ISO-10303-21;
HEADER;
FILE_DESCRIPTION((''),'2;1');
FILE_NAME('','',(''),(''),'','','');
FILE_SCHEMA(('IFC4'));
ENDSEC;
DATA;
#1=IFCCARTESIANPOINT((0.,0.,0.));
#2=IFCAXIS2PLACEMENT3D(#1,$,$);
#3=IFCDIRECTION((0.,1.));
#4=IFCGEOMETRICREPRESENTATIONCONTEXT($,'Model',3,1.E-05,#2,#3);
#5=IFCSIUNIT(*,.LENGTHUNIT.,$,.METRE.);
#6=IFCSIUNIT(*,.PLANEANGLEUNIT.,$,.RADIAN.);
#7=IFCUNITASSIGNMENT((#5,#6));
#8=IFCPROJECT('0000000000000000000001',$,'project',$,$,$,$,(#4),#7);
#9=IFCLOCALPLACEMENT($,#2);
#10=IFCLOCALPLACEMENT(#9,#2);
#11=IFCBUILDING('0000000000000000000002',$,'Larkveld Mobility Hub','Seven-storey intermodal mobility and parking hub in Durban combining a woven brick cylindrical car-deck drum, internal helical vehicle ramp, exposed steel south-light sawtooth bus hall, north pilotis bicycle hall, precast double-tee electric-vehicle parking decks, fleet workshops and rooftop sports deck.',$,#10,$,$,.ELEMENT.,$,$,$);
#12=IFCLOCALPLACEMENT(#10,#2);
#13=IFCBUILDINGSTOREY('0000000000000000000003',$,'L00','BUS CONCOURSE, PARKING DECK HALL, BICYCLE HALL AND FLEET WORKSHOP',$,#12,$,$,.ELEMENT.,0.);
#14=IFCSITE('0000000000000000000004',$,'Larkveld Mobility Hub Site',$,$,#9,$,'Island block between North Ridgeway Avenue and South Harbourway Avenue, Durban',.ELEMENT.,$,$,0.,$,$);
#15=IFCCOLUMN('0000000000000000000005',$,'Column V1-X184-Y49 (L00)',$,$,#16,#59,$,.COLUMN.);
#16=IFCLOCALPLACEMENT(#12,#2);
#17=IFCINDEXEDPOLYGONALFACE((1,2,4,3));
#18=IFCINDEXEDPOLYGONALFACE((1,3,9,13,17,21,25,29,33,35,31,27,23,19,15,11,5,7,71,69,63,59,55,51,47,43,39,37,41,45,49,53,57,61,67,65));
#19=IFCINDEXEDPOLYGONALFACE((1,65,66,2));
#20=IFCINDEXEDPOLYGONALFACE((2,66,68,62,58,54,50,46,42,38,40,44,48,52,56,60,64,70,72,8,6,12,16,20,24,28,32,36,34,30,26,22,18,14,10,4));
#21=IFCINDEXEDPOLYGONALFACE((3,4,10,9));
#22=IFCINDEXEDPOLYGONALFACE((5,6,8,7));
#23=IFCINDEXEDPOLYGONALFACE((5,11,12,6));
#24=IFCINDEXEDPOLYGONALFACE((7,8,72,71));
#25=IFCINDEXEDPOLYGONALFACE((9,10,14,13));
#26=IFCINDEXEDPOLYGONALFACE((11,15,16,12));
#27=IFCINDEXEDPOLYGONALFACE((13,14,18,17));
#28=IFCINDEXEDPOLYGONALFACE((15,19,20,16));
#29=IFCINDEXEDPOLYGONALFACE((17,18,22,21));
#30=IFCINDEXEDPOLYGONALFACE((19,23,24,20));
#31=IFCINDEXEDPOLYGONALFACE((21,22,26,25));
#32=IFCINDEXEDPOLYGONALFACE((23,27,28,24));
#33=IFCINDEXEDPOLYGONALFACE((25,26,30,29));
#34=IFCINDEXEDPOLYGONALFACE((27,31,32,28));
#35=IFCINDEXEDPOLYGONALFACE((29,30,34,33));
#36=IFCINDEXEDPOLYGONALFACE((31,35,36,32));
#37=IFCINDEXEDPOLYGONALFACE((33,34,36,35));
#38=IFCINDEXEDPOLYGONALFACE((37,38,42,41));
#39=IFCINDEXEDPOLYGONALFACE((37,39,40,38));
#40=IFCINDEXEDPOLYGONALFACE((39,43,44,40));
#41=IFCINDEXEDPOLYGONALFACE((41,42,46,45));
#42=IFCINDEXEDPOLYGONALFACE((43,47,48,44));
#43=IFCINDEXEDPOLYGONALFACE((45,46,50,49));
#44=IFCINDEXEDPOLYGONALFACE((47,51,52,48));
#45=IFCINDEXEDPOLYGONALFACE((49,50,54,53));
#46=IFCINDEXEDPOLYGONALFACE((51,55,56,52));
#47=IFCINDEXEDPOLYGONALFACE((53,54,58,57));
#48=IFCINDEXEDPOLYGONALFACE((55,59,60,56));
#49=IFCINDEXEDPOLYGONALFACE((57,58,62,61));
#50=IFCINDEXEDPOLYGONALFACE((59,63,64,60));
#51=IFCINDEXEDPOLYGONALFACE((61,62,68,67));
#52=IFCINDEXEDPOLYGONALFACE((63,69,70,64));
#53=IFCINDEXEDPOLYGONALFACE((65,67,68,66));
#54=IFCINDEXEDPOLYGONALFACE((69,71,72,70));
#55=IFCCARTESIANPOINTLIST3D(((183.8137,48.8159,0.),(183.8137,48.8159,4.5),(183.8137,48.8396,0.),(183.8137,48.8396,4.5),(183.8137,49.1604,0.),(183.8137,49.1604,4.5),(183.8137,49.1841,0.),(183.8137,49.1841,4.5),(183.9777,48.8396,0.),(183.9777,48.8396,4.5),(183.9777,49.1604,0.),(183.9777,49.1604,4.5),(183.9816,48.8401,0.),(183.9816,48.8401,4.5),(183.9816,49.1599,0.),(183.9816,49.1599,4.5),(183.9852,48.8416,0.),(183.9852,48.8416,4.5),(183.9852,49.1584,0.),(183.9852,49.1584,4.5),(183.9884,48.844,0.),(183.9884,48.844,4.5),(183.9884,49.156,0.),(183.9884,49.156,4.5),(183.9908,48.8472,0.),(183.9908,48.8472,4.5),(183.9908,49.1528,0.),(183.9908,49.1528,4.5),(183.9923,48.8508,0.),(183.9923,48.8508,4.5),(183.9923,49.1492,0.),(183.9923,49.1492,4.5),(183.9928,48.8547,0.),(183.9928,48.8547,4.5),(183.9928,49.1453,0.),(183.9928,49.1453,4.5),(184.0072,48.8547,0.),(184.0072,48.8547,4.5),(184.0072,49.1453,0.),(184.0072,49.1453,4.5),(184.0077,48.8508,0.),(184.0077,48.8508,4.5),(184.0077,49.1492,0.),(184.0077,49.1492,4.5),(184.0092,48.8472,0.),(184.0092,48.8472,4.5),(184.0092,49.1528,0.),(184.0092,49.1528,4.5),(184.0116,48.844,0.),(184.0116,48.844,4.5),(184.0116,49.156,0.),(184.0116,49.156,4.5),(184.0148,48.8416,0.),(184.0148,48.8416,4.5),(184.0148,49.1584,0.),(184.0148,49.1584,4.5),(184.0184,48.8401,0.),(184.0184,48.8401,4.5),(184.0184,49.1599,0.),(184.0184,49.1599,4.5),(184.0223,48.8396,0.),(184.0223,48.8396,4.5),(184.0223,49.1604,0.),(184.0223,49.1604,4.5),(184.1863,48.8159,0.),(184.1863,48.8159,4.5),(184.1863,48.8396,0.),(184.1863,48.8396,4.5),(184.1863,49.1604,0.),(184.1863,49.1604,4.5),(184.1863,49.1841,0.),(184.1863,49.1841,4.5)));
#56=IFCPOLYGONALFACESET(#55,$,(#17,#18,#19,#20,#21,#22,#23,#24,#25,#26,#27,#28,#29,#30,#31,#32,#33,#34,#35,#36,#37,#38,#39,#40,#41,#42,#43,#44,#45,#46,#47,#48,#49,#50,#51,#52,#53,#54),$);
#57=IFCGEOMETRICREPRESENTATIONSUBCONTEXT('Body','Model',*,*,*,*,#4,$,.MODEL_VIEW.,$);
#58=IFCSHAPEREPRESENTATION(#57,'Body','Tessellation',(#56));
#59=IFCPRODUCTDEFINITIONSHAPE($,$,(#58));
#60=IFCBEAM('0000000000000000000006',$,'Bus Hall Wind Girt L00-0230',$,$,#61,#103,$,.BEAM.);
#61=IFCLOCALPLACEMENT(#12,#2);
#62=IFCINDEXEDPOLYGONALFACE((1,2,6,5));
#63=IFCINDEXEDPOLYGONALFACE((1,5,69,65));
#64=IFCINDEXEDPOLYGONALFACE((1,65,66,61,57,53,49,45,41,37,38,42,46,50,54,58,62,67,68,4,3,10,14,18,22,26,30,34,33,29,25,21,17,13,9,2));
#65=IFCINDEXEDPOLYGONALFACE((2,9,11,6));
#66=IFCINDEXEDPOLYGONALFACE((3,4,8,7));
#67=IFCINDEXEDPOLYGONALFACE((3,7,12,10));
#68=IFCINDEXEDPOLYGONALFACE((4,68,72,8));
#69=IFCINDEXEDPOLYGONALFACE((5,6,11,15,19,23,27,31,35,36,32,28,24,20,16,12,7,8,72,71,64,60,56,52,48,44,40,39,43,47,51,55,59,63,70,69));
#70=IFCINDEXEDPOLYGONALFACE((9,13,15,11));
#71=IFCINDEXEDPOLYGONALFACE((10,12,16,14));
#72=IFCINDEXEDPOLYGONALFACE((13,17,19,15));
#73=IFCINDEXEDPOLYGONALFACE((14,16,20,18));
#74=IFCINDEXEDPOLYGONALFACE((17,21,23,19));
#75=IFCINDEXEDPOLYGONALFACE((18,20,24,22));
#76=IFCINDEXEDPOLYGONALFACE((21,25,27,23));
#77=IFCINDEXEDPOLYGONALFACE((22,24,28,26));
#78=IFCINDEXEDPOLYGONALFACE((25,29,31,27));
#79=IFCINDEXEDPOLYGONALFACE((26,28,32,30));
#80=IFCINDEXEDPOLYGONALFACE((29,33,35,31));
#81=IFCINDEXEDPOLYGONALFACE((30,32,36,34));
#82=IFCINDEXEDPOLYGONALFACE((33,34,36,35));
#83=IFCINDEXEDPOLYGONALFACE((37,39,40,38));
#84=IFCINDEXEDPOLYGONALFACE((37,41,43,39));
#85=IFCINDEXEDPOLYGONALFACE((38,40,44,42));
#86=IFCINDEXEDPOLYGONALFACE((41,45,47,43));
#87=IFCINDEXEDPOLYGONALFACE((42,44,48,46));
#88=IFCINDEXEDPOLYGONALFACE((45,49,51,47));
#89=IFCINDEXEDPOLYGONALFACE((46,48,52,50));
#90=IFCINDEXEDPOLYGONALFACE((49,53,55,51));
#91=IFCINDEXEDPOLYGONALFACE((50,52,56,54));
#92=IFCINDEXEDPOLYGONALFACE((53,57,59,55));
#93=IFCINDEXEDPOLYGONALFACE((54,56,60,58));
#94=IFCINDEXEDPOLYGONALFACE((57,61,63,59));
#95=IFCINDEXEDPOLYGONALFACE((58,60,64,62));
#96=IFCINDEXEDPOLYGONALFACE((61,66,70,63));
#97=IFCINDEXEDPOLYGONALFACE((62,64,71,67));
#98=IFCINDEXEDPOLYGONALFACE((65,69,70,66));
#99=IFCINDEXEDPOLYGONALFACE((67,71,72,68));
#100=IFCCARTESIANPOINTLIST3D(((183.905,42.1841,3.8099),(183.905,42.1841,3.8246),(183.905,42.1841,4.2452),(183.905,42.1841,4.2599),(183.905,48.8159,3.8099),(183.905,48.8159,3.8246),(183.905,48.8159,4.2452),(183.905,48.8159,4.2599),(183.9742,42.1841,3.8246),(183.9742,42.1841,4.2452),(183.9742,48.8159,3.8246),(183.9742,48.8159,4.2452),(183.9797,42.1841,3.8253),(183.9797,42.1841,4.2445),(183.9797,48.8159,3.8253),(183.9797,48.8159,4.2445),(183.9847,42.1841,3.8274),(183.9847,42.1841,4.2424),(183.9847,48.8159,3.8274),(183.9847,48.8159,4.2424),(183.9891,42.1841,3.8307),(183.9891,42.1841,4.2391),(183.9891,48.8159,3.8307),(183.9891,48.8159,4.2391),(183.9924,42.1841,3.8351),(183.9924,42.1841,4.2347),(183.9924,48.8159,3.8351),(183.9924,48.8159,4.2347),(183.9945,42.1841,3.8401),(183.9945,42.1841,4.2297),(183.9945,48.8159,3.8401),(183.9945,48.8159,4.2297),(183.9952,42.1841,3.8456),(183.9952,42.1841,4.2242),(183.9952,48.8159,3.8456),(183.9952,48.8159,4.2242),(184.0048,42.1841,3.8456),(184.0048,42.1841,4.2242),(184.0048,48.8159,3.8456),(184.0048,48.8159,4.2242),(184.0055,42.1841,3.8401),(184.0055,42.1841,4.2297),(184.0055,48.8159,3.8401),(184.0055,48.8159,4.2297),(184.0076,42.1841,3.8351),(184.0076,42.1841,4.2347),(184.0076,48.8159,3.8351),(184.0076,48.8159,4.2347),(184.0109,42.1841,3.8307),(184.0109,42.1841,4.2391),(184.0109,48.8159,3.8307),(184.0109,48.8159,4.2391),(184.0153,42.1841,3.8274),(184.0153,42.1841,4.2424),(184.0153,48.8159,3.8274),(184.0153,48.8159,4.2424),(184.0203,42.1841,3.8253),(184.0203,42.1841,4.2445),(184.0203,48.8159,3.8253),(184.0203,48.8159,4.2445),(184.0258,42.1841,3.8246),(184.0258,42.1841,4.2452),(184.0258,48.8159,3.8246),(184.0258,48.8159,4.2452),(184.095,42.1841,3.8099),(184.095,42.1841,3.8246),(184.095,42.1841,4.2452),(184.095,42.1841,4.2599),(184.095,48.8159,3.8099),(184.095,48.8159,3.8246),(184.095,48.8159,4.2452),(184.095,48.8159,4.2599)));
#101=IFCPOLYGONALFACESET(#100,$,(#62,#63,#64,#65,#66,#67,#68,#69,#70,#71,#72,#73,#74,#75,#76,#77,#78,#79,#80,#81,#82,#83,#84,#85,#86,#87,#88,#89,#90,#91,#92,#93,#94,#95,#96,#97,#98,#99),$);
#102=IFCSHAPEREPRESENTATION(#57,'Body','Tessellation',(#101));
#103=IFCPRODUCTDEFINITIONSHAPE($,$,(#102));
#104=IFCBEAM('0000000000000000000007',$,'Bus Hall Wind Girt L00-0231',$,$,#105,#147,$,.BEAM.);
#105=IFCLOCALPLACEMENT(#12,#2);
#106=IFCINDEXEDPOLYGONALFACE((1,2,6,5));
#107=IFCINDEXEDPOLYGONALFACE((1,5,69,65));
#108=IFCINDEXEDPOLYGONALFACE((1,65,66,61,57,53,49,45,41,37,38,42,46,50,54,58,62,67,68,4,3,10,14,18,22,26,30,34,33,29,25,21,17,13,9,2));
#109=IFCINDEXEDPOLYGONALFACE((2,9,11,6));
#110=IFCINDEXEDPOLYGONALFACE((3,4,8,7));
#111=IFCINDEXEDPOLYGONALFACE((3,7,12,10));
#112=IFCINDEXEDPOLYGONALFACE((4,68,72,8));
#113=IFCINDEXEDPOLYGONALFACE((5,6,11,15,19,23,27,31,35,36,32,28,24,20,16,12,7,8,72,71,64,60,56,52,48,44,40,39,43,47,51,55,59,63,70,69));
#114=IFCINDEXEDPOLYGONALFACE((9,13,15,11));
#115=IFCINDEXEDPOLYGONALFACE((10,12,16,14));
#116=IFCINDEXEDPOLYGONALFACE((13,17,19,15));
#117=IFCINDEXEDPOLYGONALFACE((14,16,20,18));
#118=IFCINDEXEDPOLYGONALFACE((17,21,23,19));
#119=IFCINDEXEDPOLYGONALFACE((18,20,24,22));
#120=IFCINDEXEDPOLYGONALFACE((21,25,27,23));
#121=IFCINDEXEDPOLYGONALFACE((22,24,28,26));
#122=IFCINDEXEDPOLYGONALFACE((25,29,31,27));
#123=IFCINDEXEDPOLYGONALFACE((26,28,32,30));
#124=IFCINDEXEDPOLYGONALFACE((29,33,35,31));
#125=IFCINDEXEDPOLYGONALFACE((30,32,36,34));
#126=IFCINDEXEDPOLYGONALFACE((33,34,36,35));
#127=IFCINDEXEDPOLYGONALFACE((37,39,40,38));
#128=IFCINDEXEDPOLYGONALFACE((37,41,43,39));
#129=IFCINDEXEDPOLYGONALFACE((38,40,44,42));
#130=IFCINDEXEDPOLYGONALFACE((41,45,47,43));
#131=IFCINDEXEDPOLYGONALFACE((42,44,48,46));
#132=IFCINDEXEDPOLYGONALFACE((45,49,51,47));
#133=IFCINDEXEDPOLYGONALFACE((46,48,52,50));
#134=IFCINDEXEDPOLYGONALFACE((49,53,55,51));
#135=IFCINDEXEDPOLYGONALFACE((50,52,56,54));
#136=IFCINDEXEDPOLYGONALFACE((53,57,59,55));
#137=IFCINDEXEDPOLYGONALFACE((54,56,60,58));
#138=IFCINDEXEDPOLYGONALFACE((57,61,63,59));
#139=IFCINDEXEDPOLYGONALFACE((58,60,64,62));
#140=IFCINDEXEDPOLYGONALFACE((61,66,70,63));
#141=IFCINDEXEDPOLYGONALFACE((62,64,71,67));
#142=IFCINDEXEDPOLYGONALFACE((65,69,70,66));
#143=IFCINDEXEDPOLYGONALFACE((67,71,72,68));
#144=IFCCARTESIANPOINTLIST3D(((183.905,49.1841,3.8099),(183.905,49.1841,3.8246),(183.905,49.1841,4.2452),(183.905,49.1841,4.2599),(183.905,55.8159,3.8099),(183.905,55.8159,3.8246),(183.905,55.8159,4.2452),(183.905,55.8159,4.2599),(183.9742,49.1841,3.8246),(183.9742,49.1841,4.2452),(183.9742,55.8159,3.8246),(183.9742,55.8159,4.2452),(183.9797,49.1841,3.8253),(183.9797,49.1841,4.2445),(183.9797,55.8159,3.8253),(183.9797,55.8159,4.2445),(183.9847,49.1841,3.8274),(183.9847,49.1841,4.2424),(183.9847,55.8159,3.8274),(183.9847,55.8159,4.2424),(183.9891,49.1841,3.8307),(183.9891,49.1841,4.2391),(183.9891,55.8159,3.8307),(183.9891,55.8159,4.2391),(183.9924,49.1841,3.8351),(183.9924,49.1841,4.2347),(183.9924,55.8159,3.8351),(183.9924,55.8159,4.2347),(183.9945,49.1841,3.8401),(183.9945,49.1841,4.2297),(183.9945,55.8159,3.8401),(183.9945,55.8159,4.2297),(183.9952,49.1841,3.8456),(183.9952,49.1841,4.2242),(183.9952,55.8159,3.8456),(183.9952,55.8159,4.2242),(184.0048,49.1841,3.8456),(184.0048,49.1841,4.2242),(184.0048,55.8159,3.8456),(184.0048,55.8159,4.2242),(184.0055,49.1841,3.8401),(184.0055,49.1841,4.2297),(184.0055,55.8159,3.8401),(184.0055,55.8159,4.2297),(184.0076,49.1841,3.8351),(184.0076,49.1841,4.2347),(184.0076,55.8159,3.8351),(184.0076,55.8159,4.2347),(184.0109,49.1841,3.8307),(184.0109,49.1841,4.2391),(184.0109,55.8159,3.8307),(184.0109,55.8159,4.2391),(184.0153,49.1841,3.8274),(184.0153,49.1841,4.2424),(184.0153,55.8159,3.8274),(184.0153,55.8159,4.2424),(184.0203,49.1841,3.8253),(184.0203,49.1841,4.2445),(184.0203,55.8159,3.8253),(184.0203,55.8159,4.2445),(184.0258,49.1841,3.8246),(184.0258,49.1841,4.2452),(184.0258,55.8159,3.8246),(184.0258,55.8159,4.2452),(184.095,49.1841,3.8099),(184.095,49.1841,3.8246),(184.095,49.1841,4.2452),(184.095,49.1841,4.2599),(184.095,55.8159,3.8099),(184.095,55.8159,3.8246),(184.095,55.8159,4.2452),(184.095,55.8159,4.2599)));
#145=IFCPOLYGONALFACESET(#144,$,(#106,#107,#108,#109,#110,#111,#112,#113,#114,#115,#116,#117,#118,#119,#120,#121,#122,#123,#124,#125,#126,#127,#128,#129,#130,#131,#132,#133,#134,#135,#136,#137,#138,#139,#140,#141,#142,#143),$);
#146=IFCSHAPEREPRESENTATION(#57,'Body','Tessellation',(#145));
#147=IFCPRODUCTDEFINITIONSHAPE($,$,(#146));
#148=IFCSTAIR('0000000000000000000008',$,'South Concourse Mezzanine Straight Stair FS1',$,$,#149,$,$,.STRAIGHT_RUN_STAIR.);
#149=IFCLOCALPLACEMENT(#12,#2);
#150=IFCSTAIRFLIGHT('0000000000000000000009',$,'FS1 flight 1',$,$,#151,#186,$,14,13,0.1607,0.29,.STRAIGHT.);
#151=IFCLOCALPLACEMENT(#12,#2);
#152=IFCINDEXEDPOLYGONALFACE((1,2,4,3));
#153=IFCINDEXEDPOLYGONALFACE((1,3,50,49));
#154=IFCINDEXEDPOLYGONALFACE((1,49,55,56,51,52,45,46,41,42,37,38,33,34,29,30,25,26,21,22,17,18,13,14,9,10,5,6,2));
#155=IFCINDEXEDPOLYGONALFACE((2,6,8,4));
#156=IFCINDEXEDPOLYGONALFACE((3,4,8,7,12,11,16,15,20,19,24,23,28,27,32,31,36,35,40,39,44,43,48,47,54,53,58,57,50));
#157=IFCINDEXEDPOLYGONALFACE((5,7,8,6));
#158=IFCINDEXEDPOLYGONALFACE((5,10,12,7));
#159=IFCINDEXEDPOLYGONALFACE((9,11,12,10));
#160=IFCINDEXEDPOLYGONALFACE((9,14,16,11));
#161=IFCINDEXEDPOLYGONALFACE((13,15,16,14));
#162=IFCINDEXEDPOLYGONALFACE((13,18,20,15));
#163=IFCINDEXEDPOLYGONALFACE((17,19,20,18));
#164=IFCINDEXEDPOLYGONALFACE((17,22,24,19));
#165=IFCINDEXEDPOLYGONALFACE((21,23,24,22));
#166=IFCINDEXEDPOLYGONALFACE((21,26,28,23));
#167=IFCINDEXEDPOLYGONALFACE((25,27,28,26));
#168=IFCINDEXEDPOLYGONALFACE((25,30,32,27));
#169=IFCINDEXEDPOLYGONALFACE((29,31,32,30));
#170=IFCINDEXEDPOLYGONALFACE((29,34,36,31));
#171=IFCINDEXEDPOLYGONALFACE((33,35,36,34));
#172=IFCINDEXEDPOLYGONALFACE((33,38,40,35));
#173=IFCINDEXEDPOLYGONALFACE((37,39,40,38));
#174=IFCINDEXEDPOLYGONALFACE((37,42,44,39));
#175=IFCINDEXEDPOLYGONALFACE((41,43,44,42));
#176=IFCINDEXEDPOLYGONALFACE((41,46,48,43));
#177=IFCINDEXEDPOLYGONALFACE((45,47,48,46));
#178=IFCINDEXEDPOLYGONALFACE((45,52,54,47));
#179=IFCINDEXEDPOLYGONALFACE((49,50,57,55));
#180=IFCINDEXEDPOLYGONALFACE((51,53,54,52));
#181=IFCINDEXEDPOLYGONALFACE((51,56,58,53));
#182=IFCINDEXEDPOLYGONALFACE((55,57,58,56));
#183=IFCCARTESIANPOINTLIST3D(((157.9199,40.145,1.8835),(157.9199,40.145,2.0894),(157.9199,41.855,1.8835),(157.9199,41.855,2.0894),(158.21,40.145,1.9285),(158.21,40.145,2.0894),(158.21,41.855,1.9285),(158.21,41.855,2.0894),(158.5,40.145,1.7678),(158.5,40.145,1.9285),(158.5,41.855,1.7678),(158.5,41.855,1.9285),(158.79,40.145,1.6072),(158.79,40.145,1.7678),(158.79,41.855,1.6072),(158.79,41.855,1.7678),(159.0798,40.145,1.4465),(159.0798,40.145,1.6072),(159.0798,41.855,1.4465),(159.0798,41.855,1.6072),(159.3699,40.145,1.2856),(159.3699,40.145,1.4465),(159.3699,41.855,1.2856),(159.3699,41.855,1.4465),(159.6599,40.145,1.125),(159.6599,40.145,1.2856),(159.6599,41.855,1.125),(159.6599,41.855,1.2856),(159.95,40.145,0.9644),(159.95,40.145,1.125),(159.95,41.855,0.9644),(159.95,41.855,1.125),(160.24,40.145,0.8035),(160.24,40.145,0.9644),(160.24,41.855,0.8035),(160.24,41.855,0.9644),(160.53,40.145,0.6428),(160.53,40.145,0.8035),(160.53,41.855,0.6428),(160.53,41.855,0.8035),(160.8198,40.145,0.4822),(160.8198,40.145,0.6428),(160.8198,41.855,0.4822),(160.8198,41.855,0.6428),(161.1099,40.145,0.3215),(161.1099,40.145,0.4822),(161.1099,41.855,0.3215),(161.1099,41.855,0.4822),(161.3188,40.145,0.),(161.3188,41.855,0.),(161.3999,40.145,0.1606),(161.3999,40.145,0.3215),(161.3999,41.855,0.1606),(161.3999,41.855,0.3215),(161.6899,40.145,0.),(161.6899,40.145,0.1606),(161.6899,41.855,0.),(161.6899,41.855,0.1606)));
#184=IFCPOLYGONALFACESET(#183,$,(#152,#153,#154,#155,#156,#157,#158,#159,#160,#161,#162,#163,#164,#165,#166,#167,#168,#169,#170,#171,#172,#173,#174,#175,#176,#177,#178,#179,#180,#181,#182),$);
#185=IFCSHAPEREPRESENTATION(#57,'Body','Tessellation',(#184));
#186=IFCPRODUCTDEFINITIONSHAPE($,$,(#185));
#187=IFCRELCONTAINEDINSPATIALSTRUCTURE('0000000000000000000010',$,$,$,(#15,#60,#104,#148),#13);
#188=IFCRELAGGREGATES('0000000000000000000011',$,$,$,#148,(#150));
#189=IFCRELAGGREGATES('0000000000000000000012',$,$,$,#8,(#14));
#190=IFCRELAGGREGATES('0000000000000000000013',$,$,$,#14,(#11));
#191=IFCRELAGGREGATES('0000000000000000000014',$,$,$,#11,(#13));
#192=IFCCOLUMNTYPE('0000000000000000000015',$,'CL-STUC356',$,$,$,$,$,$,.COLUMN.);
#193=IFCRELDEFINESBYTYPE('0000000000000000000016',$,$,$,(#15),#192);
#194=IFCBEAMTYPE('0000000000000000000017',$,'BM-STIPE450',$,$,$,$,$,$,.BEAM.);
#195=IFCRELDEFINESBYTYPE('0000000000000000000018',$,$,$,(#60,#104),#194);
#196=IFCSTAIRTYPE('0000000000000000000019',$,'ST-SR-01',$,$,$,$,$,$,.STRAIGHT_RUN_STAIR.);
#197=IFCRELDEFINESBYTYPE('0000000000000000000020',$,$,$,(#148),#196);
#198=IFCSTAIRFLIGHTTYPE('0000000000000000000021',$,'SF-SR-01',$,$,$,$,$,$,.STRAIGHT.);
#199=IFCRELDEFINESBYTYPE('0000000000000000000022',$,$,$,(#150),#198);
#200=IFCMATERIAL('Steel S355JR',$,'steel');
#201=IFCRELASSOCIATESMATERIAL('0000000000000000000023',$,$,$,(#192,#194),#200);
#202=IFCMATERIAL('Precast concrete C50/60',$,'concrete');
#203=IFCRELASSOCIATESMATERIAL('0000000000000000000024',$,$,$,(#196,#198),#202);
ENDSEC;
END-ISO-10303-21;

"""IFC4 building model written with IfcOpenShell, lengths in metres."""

from ifc_helpers import new_model, si_unit, direction, frame, origin, origin_2d, place, context, subcontext, project, spatial, polyline, i_section, outline, extrude, material, material_profile, profile_set, type_object, element, aggregate, save


model = new_model("IFC4")

# Units and contexts
model_context = context("Model", 3, precision=1e-05, world=origin(), true_north=direction((0.0, 1.0)))
body_context = subcontext(model_context, "Body", "Model", "MODEL_VIEW")
ifc_project = project(units=[si_unit("LENGTHUNIT", "METRE"), si_unit("PLANEANGLEUNIT", "RADIAN")], contexts=[model_context])

# Site, building, storey
site_placement = place(None, origin())
site = spatial("IfcSite", under=ifc_project, at=site_placement, Name="Larkveld Mobility Hub Site", LongName="Island block between North Ridgeway Avenue and South Harbourway Avenue, Durban", CompositionType="ELEMENT", RefElevation=0.0)
building_placement = place(site_placement, origin())
building = spatial("IfcBuilding", under=site, at=building_placement, Name="Larkveld Mobility Hub", Description="Seven-storey intermodal mobility and parking hub in Durban combining a woven brick cylindrical car-deck drum, internal helical vehicle ramp, exposed steel south-light sawtooth bus hall, north pilotis bicycle hall, precast double-tee electric-vehicle parking decks, fleet workshops and rooftop sports deck.", CompositionType="ELEMENT")
storey_placement = place(building_placement, origin())
storey = spatial("IfcBuildingStorey", under=building, at=storey_placement, Name="L00", Description="BUS CONCOURSE, PARKING DECK HALL, BICYCLE HALL AND FLEET WORKSHOP", CompositionType="ELEMENT", Elevation=0.0)

# Column
ifc_material_1 = material(Name="Steel S355JR", Category="steel")
ifc_material_profile_1 = material_profile(ifc_material_1, i_section(OverallWidth=0.3726, OverallDepth=0.3682, WebThickness=0.0144, FlangeThickness=0.0237, FilletRadius=0.0151, at=origin_2d()), Name="UC 356x368x177")
ifc_profile_set_1 = profile_set([ifc_material_profile_1], Name="Steel S355JR")
column_type = type_object("IfcColumnType", Name="CL-STUC356", PredefinedType="COLUMN", material=ifc_profile_set_1)
for number, where, z_axis, x_axis, name in (
    (1, (184.0, 49.0, 0.0), (0.0, 0.0, 1.0), (1.0, 0.0, 0.0), "Column V1-X184-Y49 (L00)"),
):
    element("IfcColumn", number, at=place(storey_placement, frame(where, z_axis=z_axis, x_axis=x_axis)), inside=storey, type_object=column_type, Name=name, PredefinedType="COLUMN", context=body_context, shape_type="SweptSolid", body=[
        extrude(i_section(OverallWidth=0.3726, OverallDepth=0.3682, WebThickness=0.0144, FlangeThickness=0.0237, FilletRadius=0.0151, at=origin_2d()), origin(), (0.0, 0.0, 1.0), 4.5),
    ])

# Beams
ifc_material_profile_2 = material_profile(ifc_material_1, i_section(OverallWidth=0.1899, OverallDepth=0.45, WebThickness=0.0095, FlangeThickness=0.0146, FilletRadius=0.021, at=origin_2d()), Name="IPE 450")
ifc_profile_set_2 = profile_set([ifc_material_profile_2], Name="Steel S355JR")
beam_type = type_object("IfcBeamType", Name="BM-STIPE450", PredefinedType="BEAM", material=ifc_profile_set_2)
for number, where, z_axis, x_axis, name in (
    (2, (184.0, 42.1841, 4.0349), (0.0, 1.0, 0.0), (-1.0, 0.0, 0.0), "Bus Hall Wind Girt L00-0230"),
    (3, (184.0, 49.1841, 4.0349), (0.0, 1.0, 0.0), (-1.0, 0.0, 0.0), "Bus Hall Wind Girt L00-0231"),
):
    element("IfcBeam", number, at=place(storey_placement, frame(where, z_axis=z_axis, x_axis=x_axis)), inside=storey, type_object=beam_type, Name=name, PredefinedType="BEAM", context=body_context, shape_type="SweptSolid", body=[
        extrude(i_section(OverallWidth=0.1899, OverallDepth=0.45, WebThickness=0.0095, FlangeThickness=0.0146, FilletRadius=0.021, at=origin_2d()), origin(), (0.0, 0.0, 1.0), 6.6318),
    ])

# Stair, stair flight
ifc_material_2 = material(Name="Precast concrete C50/60", Category="concrete")
stair_type_1 = type_object("IfcStairType", Name="ST-SR-01", PredefinedType="STRAIGHT_RUN_STAIR", material=ifc_material_2)
stair_1_placement = place(storey_placement, origin())
stair_1 = element("IfcStair", 4, at=stair_1_placement, inside=storey, type_object=stair_type_1, Name="South Concourse Mezzanine Straight Stair FS1", PredefinedType="STRAIGHT_RUN_STAIR")
stair_flight_type_1 = type_object("IfcStairFlightType", Name="SF-SR-01", PredefinedType="STRAIGHT", material=ifc_material_2)
stair_flight_1_placement = place(storey_placement, frame((161.6899, 41.0, 0.0), z_axis=(0.0, 0.0, 1.0), x_axis=(-1.0, 0.0, 0.0)))
stair_flight_1 = element("IfcStairFlight", 5, at=stair_flight_1_placement, type_object=stair_flight_type_1, Name="FS1 flight 1", NumberOfRisers=14, NumberOfTreads=13, PredefinedType="STRAIGHT", RiserHeight=0.1607, TreadLength=0.29, context=body_context, shape_type="SweptSolid", body=[
    extrude(outline(polyline([(0.0, 0.0), (0.0, 0.1606), (0.29, 0.1606), (0.29, 0.3215), (0.5801, 0.3215), (0.5801, 0.4822), (0.8701, 0.4822), (0.8701, 0.6428), (1.1599, 0.6428), (1.1599, 0.8035), (1.45, 0.8035), (1.45, 0.9644), (1.74, 0.9644), (1.74, 1.125), (2.03, 1.125), (2.03, 1.2856), (2.3201, 1.2856), (2.3201, 1.4465), (2.6101, 1.4465), (2.6101, 1.6072), (2.8999, 1.6072), (2.8999, 1.7678), (3.1899, 1.7678), (3.1899, 1.9285), (3.48, 1.9285), (3.48, 2.0894), (3.77, 2.0894), (3.77, 2.25), (3.77, 1.8835), (0.3711, 0.0), (0.0, 0.0)])), frame((0.0, 0.855, 0.0), z_axis=(0.0, -1.0, 0.0), x_axis=(1.0, 0.0, 0.0)), (0.0, 0.0, 1.0), 1.71),
])
aggregate(stair_1, [stair_flight_1])

save(model, "model.ifc")
